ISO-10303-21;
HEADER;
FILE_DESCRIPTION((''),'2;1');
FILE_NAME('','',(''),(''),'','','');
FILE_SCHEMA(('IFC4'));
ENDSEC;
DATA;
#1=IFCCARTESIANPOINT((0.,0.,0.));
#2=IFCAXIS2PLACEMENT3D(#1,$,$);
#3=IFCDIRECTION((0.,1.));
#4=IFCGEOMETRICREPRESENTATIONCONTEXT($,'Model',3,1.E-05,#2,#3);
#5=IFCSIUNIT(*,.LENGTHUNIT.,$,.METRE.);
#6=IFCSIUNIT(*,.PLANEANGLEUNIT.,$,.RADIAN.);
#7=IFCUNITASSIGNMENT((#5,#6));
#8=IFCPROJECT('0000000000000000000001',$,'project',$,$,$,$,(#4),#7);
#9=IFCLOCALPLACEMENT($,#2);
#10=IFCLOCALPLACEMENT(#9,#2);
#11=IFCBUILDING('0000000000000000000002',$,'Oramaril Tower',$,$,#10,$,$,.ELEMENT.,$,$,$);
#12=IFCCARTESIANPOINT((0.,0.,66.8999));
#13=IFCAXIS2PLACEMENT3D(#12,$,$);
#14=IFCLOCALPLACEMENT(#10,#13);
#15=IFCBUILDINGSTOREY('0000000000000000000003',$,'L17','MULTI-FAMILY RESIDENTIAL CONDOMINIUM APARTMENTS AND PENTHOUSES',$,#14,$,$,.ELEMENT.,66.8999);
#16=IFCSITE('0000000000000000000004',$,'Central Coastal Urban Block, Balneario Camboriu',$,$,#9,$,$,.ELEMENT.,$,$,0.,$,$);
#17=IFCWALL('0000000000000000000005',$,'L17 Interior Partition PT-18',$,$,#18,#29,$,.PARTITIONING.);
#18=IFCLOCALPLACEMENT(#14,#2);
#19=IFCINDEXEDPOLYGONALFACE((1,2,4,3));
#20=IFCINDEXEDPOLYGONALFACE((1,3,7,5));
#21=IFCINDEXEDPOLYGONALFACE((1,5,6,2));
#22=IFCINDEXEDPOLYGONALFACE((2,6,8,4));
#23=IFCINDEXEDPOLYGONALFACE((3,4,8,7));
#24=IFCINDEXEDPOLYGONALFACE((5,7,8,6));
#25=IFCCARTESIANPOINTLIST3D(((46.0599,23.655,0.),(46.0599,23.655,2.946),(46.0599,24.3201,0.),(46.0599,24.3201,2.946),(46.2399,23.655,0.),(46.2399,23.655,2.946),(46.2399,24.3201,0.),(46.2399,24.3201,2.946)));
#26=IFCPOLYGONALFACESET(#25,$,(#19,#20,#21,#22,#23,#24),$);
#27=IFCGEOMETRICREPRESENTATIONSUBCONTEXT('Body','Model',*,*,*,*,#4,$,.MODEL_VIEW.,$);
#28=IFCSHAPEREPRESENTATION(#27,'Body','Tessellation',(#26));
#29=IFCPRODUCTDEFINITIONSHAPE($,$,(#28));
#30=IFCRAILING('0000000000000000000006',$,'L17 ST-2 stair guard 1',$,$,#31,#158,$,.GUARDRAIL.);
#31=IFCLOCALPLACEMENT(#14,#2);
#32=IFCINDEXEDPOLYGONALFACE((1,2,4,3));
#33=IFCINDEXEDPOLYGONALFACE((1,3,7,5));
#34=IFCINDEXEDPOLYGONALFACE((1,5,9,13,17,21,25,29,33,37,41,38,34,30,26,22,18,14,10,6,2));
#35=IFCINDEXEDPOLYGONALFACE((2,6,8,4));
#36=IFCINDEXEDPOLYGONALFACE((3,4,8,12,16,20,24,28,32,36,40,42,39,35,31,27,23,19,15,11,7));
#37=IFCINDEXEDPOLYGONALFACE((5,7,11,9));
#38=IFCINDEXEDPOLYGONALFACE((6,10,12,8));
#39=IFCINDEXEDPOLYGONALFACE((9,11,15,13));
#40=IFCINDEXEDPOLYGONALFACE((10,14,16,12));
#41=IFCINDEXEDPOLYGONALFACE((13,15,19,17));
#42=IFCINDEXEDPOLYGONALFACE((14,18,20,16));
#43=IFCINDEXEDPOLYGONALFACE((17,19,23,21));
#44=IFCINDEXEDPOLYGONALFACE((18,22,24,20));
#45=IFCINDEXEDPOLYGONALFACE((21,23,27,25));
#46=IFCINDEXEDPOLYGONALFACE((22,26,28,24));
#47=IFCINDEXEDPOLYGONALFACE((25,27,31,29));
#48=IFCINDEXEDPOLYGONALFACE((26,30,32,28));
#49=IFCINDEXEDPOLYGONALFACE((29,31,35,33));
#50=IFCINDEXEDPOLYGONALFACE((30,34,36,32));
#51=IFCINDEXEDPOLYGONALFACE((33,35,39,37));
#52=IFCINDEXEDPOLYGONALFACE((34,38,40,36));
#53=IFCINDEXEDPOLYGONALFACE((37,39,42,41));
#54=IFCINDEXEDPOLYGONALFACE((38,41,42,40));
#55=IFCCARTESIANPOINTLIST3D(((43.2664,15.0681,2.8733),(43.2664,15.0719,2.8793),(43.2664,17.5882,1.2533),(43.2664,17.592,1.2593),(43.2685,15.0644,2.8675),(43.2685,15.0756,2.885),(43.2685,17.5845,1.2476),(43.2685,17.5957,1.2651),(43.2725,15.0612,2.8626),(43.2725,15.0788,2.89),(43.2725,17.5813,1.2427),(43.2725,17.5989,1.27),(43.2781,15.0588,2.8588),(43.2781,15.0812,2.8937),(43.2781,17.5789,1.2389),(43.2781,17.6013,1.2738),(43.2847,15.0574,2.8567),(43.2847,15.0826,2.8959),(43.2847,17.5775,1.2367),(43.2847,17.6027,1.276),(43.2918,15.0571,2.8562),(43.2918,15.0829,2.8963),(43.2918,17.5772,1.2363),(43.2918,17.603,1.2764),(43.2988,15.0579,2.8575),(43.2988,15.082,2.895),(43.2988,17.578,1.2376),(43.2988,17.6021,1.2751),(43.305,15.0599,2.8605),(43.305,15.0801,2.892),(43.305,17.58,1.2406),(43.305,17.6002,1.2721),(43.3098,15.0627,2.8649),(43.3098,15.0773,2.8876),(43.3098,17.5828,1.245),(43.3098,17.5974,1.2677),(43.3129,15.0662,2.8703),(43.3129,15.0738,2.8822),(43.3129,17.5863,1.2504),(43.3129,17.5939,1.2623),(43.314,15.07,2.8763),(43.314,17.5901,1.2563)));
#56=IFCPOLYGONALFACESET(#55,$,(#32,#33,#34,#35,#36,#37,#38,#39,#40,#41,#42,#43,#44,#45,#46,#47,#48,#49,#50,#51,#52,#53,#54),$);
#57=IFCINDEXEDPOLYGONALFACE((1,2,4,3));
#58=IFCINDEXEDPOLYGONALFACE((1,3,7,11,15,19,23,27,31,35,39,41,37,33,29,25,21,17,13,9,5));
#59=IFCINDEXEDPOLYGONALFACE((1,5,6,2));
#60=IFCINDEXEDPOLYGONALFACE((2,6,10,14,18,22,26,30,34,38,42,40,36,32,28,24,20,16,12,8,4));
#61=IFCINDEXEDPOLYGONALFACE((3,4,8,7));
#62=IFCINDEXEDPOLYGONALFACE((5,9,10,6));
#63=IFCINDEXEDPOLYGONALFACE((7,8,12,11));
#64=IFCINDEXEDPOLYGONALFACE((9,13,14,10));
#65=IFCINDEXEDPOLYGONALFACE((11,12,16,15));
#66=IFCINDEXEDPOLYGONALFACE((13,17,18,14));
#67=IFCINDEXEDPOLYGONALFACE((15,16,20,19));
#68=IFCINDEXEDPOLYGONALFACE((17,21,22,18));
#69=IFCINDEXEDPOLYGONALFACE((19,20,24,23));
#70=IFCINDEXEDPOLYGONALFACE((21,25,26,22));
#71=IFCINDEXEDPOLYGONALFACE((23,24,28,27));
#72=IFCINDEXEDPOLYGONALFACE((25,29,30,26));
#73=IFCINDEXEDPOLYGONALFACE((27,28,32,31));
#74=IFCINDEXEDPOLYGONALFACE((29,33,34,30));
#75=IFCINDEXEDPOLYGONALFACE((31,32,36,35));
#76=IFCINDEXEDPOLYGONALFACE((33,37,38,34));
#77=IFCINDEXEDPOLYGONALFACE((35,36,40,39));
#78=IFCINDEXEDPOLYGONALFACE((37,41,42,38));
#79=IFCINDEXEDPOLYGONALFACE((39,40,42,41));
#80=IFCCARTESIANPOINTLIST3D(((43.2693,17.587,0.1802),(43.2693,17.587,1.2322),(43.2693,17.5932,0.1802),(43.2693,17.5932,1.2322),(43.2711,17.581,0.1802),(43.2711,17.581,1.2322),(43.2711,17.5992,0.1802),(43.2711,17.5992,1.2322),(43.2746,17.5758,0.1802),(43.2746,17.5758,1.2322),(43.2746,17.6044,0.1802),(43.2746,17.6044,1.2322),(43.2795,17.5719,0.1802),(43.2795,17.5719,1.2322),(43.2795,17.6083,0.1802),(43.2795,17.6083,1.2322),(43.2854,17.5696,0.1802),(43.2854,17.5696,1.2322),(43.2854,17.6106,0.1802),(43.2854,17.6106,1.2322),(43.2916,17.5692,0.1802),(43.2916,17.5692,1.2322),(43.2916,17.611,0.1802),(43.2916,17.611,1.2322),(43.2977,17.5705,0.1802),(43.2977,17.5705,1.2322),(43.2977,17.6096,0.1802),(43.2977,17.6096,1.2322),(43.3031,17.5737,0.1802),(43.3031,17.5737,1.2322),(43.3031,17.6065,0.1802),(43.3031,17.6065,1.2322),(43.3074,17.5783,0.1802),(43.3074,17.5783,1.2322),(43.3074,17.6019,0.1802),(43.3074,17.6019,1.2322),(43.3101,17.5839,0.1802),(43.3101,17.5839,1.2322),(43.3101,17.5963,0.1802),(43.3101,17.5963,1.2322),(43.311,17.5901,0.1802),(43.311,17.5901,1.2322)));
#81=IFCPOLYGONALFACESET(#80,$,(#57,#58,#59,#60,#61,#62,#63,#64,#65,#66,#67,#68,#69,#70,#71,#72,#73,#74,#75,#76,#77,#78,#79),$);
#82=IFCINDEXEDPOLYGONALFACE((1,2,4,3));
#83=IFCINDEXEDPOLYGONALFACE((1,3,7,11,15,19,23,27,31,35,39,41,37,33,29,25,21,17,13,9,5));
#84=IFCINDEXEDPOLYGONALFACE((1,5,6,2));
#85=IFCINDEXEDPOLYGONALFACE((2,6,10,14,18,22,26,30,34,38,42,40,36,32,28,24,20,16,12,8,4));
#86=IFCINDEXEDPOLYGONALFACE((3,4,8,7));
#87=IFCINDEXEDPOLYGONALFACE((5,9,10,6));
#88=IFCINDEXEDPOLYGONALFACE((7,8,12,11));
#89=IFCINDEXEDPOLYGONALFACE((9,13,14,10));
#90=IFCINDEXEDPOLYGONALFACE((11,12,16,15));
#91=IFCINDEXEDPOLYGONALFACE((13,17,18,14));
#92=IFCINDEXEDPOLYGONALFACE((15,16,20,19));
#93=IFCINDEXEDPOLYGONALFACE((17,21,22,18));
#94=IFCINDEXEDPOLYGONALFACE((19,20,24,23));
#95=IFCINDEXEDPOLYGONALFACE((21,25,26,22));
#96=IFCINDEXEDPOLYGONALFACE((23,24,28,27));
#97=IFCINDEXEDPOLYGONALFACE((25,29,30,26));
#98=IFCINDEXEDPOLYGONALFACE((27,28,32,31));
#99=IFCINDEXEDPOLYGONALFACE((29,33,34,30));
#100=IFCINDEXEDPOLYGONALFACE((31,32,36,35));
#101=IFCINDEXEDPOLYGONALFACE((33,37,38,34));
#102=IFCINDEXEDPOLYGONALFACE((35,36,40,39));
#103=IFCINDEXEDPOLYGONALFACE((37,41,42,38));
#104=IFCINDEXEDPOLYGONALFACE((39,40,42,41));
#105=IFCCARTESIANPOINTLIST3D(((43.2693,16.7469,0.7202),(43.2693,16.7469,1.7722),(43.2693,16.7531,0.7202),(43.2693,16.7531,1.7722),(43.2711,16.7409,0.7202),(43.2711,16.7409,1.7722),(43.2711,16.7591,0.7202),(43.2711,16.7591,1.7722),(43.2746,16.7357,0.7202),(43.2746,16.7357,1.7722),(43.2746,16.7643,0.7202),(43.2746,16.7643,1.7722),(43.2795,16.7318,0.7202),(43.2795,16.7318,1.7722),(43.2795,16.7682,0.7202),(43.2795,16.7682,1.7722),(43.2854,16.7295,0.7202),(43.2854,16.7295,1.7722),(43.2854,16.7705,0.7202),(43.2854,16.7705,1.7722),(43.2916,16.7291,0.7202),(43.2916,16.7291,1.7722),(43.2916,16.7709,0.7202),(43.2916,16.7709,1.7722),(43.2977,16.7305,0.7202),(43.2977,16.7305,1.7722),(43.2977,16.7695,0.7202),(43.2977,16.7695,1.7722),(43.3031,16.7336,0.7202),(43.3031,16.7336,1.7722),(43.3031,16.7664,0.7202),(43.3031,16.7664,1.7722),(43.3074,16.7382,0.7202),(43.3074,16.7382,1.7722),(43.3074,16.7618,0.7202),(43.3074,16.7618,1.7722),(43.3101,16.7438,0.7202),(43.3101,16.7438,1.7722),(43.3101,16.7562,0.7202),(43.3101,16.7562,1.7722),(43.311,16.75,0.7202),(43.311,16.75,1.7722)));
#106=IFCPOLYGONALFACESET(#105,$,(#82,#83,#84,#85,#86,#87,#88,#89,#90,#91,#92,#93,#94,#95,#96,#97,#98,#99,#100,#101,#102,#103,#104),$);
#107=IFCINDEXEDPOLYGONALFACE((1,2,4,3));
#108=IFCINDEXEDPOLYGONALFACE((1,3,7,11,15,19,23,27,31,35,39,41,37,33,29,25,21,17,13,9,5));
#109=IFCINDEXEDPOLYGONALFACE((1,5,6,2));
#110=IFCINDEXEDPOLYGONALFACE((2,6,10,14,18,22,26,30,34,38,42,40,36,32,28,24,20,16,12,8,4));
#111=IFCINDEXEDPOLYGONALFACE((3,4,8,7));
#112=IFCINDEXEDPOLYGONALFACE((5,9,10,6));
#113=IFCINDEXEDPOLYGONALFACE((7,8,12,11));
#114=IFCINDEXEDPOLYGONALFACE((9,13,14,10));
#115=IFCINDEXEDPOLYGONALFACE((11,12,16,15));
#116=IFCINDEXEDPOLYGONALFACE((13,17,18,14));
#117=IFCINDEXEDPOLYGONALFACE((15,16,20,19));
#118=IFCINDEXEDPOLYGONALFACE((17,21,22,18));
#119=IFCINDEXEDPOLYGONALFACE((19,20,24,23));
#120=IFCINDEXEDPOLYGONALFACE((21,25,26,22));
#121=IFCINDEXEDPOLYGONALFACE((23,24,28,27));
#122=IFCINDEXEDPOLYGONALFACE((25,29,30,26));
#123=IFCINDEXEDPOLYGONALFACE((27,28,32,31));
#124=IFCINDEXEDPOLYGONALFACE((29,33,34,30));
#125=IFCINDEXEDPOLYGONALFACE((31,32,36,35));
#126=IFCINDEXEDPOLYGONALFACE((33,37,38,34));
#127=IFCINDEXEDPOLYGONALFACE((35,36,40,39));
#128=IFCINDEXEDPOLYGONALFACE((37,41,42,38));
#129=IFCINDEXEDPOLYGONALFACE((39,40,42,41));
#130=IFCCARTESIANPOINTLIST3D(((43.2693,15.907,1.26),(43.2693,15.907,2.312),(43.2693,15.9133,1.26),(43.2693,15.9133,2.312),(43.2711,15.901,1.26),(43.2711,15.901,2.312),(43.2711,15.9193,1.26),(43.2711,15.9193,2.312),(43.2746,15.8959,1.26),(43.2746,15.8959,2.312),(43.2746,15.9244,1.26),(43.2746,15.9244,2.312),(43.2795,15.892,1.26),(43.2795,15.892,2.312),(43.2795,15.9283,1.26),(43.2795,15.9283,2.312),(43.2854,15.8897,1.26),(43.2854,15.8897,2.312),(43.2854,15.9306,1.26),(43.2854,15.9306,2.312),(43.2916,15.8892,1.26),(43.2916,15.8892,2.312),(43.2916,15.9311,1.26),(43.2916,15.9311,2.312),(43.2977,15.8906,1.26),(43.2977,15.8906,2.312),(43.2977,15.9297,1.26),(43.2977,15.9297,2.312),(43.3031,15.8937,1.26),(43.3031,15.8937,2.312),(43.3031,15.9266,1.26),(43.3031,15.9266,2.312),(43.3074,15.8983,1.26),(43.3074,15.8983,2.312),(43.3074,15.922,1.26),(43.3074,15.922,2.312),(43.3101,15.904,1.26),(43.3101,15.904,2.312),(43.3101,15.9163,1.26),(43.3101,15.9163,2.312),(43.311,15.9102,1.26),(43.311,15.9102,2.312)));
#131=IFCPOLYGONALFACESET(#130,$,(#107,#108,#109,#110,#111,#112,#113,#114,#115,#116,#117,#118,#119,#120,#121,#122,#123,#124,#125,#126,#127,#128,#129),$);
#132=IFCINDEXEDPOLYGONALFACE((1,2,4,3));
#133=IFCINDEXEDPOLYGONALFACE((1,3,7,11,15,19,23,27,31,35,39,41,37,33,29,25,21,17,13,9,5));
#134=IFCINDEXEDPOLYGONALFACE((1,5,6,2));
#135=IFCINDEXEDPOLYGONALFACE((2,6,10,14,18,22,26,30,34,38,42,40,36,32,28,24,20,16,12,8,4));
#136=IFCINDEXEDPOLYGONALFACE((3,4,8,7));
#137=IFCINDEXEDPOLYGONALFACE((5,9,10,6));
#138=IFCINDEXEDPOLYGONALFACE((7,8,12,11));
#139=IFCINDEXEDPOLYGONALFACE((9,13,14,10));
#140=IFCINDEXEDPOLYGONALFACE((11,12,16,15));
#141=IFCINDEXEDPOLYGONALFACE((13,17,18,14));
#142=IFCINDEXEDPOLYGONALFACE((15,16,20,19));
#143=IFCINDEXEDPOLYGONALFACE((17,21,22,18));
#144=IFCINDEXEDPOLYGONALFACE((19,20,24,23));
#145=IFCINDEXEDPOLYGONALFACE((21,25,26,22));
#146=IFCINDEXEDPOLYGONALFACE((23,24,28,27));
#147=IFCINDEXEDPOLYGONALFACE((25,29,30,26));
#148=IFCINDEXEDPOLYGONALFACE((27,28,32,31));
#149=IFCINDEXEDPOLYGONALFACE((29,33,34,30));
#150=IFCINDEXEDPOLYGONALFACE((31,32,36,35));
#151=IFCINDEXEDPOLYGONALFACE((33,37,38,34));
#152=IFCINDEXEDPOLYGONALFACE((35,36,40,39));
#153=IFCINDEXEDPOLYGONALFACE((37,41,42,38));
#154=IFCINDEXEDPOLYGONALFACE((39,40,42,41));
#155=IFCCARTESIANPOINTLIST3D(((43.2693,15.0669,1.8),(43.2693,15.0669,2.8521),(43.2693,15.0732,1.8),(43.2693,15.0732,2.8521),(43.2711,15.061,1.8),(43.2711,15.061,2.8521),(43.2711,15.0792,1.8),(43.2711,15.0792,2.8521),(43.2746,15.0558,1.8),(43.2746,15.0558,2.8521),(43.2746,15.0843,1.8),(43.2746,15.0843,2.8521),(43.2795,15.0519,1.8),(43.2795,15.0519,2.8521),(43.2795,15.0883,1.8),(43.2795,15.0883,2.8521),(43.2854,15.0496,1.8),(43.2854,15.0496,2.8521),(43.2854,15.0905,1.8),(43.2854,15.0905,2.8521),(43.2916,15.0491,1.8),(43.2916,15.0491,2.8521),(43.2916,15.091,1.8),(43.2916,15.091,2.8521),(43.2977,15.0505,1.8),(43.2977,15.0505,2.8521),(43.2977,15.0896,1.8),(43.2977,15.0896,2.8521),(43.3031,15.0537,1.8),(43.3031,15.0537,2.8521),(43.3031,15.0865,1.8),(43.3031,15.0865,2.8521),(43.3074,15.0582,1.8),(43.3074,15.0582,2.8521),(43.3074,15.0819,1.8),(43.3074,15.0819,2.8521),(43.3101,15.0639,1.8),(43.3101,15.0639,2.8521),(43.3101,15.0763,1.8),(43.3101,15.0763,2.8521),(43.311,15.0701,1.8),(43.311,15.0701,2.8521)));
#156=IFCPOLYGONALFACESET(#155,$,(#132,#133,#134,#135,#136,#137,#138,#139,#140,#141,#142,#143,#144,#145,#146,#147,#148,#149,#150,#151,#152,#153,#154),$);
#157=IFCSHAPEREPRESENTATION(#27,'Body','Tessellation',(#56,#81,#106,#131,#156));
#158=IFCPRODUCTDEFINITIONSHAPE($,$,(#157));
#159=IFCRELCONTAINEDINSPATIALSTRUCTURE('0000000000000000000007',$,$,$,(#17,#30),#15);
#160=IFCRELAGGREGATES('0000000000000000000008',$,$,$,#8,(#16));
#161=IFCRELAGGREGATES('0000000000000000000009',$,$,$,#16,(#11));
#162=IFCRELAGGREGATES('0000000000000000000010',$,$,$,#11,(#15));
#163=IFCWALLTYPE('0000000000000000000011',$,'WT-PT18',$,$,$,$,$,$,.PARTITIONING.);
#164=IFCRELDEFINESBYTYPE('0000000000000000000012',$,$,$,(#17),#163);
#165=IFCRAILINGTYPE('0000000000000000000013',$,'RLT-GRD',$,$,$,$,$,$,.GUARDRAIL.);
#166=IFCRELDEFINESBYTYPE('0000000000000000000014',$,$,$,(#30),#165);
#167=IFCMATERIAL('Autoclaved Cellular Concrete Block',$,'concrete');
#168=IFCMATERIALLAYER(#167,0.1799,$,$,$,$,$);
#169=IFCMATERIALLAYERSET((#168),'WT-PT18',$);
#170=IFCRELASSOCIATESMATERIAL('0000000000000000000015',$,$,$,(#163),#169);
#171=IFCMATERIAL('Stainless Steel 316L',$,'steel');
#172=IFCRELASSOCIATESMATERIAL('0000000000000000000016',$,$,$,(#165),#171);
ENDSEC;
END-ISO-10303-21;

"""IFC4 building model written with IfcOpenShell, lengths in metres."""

from ifc_helpers import new_model, si_unit, direction, frame, frame_2d, origin, origin_2d, place, context, subcontext, project, spatial, rectangle, circle, extrude, material, layer, layer_set, type_object, element, save


model = new_model("IFC4")

# Units and contexts
model_context = context("Model", 3, precision=1e-05, world=origin(), true_north=direction((0.0, 1.0)))
body_context = subcontext(model_context, "Body", "Model", "MODEL_VIEW")
ifc_project = project(units=[si_unit("LENGTHUNIT", "METRE"), si_unit("PLANEANGLEUNIT", "RADIAN")], contexts=[model_context])

# Site, building, storey
site_placement = place(None, origin())
site = spatial("IfcSite", under=ifc_project, at=site_placement, Name="Central Coastal Urban Block, Balneario Camboriu", CompositionType="ELEMENT", RefElevation=0.0)
building_placement = place(site_placement, origin())
building = spatial("IfcBuilding", under=site, at=building_placement, Name="Oramaril Tower", CompositionType="ELEMENT")
storey_placement = place(building_placement, frame((0.0, 0.0, 66.8999)))
storey = spatial("IfcBuildingStorey", under=building, at=storey_placement, Name="L17", Description="MULTI-FAMILY RESIDENTIAL CONDOMINIUM APARTMENTS AND PENTHOUSES", CompositionType="ELEMENT", Elevation=66.8999)

# Wall
ifc_material_1 = material(Name="Autoclaved Cellular Concrete Block", Category="concrete")
ifc_layer_1 = layer(ifc_material_1, 0.1799)
ifc_layer_set_1 = layer_set([ifc_layer_1], Name="WT-PT18")
wall_type_1 = type_object("IfcWallType", Name="WT-PT18", PredefinedType="PARTITIONING", material=ifc_layer_set_1)
wall_1_placement = place(storey_placement, frame((46.1499, 23.655, 0.0), z_axis=(0.0, 0.0, 1.0), x_axis=(0.0, 1.0, 0.0)))
element("IfcWall", 1, at=wall_1_placement, inside=storey, type_object=wall_type_1, Name="L17 Interior Partition PT-18", PredefinedType="PARTITIONING", context=body_context, shape_type="SweptSolid", body=[
    extrude(rectangle(XDim=0.665, YDim=0.1799, at=frame_2d((0.3325, 0.0))), origin(), (0.0, 0.0, 1.0), 2.946),
])

# Railing
ifc_material_2 = material(Name="Stainless Steel 316L", Category="steel")
railing_type = type_object("IfcRailingType", Name="RLT-GRD", PredefinedType="GUARDRAIL", material=ifc_material_2)
railing_1_placement = place(storey_placement, frame((43.29, 17.5901, 0.1802)))
element("IfcRailing", 2, at=railing_1_placement, inside=storey, type_object=railing_type, Name="L17 ST-2 stair guard 1", PredefinedType="GUARDRAIL", context=body_context, shape_type="SweptSolid", body=[
    extrude(circle(Radius=0.0239, at=origin_2d()), frame((0.0, 0.0, 1.0762), z_axis=(0.0, -0.8412, 0.540725), x_axis=(1.0, 0.0, 0.0)), (0.0, 0.0, 1.0), 2.9958),
    extrude(circle(Radius=0.021, at=origin_2d()), origin(), (0.0, 0.0, 1.0), 1.052),
    extrude(circle(Radius=0.021, at=origin_2d()), frame((0.0, -0.8401, 0.54)), (0.0, 0.0, 1.0), 1.052),
    extrude(circle(Radius=0.021, at=origin_2d()), frame((0.0, -1.6799, 1.0798)), (0.0, 0.0, 1.0), 1.052),
    extrude(circle(Radius=0.021, at=origin_2d()), frame((0.0, -2.52, 1.6199)), (0.0, 0.0, 1.0), 1.052),
])

save(model, "model.ifc")
